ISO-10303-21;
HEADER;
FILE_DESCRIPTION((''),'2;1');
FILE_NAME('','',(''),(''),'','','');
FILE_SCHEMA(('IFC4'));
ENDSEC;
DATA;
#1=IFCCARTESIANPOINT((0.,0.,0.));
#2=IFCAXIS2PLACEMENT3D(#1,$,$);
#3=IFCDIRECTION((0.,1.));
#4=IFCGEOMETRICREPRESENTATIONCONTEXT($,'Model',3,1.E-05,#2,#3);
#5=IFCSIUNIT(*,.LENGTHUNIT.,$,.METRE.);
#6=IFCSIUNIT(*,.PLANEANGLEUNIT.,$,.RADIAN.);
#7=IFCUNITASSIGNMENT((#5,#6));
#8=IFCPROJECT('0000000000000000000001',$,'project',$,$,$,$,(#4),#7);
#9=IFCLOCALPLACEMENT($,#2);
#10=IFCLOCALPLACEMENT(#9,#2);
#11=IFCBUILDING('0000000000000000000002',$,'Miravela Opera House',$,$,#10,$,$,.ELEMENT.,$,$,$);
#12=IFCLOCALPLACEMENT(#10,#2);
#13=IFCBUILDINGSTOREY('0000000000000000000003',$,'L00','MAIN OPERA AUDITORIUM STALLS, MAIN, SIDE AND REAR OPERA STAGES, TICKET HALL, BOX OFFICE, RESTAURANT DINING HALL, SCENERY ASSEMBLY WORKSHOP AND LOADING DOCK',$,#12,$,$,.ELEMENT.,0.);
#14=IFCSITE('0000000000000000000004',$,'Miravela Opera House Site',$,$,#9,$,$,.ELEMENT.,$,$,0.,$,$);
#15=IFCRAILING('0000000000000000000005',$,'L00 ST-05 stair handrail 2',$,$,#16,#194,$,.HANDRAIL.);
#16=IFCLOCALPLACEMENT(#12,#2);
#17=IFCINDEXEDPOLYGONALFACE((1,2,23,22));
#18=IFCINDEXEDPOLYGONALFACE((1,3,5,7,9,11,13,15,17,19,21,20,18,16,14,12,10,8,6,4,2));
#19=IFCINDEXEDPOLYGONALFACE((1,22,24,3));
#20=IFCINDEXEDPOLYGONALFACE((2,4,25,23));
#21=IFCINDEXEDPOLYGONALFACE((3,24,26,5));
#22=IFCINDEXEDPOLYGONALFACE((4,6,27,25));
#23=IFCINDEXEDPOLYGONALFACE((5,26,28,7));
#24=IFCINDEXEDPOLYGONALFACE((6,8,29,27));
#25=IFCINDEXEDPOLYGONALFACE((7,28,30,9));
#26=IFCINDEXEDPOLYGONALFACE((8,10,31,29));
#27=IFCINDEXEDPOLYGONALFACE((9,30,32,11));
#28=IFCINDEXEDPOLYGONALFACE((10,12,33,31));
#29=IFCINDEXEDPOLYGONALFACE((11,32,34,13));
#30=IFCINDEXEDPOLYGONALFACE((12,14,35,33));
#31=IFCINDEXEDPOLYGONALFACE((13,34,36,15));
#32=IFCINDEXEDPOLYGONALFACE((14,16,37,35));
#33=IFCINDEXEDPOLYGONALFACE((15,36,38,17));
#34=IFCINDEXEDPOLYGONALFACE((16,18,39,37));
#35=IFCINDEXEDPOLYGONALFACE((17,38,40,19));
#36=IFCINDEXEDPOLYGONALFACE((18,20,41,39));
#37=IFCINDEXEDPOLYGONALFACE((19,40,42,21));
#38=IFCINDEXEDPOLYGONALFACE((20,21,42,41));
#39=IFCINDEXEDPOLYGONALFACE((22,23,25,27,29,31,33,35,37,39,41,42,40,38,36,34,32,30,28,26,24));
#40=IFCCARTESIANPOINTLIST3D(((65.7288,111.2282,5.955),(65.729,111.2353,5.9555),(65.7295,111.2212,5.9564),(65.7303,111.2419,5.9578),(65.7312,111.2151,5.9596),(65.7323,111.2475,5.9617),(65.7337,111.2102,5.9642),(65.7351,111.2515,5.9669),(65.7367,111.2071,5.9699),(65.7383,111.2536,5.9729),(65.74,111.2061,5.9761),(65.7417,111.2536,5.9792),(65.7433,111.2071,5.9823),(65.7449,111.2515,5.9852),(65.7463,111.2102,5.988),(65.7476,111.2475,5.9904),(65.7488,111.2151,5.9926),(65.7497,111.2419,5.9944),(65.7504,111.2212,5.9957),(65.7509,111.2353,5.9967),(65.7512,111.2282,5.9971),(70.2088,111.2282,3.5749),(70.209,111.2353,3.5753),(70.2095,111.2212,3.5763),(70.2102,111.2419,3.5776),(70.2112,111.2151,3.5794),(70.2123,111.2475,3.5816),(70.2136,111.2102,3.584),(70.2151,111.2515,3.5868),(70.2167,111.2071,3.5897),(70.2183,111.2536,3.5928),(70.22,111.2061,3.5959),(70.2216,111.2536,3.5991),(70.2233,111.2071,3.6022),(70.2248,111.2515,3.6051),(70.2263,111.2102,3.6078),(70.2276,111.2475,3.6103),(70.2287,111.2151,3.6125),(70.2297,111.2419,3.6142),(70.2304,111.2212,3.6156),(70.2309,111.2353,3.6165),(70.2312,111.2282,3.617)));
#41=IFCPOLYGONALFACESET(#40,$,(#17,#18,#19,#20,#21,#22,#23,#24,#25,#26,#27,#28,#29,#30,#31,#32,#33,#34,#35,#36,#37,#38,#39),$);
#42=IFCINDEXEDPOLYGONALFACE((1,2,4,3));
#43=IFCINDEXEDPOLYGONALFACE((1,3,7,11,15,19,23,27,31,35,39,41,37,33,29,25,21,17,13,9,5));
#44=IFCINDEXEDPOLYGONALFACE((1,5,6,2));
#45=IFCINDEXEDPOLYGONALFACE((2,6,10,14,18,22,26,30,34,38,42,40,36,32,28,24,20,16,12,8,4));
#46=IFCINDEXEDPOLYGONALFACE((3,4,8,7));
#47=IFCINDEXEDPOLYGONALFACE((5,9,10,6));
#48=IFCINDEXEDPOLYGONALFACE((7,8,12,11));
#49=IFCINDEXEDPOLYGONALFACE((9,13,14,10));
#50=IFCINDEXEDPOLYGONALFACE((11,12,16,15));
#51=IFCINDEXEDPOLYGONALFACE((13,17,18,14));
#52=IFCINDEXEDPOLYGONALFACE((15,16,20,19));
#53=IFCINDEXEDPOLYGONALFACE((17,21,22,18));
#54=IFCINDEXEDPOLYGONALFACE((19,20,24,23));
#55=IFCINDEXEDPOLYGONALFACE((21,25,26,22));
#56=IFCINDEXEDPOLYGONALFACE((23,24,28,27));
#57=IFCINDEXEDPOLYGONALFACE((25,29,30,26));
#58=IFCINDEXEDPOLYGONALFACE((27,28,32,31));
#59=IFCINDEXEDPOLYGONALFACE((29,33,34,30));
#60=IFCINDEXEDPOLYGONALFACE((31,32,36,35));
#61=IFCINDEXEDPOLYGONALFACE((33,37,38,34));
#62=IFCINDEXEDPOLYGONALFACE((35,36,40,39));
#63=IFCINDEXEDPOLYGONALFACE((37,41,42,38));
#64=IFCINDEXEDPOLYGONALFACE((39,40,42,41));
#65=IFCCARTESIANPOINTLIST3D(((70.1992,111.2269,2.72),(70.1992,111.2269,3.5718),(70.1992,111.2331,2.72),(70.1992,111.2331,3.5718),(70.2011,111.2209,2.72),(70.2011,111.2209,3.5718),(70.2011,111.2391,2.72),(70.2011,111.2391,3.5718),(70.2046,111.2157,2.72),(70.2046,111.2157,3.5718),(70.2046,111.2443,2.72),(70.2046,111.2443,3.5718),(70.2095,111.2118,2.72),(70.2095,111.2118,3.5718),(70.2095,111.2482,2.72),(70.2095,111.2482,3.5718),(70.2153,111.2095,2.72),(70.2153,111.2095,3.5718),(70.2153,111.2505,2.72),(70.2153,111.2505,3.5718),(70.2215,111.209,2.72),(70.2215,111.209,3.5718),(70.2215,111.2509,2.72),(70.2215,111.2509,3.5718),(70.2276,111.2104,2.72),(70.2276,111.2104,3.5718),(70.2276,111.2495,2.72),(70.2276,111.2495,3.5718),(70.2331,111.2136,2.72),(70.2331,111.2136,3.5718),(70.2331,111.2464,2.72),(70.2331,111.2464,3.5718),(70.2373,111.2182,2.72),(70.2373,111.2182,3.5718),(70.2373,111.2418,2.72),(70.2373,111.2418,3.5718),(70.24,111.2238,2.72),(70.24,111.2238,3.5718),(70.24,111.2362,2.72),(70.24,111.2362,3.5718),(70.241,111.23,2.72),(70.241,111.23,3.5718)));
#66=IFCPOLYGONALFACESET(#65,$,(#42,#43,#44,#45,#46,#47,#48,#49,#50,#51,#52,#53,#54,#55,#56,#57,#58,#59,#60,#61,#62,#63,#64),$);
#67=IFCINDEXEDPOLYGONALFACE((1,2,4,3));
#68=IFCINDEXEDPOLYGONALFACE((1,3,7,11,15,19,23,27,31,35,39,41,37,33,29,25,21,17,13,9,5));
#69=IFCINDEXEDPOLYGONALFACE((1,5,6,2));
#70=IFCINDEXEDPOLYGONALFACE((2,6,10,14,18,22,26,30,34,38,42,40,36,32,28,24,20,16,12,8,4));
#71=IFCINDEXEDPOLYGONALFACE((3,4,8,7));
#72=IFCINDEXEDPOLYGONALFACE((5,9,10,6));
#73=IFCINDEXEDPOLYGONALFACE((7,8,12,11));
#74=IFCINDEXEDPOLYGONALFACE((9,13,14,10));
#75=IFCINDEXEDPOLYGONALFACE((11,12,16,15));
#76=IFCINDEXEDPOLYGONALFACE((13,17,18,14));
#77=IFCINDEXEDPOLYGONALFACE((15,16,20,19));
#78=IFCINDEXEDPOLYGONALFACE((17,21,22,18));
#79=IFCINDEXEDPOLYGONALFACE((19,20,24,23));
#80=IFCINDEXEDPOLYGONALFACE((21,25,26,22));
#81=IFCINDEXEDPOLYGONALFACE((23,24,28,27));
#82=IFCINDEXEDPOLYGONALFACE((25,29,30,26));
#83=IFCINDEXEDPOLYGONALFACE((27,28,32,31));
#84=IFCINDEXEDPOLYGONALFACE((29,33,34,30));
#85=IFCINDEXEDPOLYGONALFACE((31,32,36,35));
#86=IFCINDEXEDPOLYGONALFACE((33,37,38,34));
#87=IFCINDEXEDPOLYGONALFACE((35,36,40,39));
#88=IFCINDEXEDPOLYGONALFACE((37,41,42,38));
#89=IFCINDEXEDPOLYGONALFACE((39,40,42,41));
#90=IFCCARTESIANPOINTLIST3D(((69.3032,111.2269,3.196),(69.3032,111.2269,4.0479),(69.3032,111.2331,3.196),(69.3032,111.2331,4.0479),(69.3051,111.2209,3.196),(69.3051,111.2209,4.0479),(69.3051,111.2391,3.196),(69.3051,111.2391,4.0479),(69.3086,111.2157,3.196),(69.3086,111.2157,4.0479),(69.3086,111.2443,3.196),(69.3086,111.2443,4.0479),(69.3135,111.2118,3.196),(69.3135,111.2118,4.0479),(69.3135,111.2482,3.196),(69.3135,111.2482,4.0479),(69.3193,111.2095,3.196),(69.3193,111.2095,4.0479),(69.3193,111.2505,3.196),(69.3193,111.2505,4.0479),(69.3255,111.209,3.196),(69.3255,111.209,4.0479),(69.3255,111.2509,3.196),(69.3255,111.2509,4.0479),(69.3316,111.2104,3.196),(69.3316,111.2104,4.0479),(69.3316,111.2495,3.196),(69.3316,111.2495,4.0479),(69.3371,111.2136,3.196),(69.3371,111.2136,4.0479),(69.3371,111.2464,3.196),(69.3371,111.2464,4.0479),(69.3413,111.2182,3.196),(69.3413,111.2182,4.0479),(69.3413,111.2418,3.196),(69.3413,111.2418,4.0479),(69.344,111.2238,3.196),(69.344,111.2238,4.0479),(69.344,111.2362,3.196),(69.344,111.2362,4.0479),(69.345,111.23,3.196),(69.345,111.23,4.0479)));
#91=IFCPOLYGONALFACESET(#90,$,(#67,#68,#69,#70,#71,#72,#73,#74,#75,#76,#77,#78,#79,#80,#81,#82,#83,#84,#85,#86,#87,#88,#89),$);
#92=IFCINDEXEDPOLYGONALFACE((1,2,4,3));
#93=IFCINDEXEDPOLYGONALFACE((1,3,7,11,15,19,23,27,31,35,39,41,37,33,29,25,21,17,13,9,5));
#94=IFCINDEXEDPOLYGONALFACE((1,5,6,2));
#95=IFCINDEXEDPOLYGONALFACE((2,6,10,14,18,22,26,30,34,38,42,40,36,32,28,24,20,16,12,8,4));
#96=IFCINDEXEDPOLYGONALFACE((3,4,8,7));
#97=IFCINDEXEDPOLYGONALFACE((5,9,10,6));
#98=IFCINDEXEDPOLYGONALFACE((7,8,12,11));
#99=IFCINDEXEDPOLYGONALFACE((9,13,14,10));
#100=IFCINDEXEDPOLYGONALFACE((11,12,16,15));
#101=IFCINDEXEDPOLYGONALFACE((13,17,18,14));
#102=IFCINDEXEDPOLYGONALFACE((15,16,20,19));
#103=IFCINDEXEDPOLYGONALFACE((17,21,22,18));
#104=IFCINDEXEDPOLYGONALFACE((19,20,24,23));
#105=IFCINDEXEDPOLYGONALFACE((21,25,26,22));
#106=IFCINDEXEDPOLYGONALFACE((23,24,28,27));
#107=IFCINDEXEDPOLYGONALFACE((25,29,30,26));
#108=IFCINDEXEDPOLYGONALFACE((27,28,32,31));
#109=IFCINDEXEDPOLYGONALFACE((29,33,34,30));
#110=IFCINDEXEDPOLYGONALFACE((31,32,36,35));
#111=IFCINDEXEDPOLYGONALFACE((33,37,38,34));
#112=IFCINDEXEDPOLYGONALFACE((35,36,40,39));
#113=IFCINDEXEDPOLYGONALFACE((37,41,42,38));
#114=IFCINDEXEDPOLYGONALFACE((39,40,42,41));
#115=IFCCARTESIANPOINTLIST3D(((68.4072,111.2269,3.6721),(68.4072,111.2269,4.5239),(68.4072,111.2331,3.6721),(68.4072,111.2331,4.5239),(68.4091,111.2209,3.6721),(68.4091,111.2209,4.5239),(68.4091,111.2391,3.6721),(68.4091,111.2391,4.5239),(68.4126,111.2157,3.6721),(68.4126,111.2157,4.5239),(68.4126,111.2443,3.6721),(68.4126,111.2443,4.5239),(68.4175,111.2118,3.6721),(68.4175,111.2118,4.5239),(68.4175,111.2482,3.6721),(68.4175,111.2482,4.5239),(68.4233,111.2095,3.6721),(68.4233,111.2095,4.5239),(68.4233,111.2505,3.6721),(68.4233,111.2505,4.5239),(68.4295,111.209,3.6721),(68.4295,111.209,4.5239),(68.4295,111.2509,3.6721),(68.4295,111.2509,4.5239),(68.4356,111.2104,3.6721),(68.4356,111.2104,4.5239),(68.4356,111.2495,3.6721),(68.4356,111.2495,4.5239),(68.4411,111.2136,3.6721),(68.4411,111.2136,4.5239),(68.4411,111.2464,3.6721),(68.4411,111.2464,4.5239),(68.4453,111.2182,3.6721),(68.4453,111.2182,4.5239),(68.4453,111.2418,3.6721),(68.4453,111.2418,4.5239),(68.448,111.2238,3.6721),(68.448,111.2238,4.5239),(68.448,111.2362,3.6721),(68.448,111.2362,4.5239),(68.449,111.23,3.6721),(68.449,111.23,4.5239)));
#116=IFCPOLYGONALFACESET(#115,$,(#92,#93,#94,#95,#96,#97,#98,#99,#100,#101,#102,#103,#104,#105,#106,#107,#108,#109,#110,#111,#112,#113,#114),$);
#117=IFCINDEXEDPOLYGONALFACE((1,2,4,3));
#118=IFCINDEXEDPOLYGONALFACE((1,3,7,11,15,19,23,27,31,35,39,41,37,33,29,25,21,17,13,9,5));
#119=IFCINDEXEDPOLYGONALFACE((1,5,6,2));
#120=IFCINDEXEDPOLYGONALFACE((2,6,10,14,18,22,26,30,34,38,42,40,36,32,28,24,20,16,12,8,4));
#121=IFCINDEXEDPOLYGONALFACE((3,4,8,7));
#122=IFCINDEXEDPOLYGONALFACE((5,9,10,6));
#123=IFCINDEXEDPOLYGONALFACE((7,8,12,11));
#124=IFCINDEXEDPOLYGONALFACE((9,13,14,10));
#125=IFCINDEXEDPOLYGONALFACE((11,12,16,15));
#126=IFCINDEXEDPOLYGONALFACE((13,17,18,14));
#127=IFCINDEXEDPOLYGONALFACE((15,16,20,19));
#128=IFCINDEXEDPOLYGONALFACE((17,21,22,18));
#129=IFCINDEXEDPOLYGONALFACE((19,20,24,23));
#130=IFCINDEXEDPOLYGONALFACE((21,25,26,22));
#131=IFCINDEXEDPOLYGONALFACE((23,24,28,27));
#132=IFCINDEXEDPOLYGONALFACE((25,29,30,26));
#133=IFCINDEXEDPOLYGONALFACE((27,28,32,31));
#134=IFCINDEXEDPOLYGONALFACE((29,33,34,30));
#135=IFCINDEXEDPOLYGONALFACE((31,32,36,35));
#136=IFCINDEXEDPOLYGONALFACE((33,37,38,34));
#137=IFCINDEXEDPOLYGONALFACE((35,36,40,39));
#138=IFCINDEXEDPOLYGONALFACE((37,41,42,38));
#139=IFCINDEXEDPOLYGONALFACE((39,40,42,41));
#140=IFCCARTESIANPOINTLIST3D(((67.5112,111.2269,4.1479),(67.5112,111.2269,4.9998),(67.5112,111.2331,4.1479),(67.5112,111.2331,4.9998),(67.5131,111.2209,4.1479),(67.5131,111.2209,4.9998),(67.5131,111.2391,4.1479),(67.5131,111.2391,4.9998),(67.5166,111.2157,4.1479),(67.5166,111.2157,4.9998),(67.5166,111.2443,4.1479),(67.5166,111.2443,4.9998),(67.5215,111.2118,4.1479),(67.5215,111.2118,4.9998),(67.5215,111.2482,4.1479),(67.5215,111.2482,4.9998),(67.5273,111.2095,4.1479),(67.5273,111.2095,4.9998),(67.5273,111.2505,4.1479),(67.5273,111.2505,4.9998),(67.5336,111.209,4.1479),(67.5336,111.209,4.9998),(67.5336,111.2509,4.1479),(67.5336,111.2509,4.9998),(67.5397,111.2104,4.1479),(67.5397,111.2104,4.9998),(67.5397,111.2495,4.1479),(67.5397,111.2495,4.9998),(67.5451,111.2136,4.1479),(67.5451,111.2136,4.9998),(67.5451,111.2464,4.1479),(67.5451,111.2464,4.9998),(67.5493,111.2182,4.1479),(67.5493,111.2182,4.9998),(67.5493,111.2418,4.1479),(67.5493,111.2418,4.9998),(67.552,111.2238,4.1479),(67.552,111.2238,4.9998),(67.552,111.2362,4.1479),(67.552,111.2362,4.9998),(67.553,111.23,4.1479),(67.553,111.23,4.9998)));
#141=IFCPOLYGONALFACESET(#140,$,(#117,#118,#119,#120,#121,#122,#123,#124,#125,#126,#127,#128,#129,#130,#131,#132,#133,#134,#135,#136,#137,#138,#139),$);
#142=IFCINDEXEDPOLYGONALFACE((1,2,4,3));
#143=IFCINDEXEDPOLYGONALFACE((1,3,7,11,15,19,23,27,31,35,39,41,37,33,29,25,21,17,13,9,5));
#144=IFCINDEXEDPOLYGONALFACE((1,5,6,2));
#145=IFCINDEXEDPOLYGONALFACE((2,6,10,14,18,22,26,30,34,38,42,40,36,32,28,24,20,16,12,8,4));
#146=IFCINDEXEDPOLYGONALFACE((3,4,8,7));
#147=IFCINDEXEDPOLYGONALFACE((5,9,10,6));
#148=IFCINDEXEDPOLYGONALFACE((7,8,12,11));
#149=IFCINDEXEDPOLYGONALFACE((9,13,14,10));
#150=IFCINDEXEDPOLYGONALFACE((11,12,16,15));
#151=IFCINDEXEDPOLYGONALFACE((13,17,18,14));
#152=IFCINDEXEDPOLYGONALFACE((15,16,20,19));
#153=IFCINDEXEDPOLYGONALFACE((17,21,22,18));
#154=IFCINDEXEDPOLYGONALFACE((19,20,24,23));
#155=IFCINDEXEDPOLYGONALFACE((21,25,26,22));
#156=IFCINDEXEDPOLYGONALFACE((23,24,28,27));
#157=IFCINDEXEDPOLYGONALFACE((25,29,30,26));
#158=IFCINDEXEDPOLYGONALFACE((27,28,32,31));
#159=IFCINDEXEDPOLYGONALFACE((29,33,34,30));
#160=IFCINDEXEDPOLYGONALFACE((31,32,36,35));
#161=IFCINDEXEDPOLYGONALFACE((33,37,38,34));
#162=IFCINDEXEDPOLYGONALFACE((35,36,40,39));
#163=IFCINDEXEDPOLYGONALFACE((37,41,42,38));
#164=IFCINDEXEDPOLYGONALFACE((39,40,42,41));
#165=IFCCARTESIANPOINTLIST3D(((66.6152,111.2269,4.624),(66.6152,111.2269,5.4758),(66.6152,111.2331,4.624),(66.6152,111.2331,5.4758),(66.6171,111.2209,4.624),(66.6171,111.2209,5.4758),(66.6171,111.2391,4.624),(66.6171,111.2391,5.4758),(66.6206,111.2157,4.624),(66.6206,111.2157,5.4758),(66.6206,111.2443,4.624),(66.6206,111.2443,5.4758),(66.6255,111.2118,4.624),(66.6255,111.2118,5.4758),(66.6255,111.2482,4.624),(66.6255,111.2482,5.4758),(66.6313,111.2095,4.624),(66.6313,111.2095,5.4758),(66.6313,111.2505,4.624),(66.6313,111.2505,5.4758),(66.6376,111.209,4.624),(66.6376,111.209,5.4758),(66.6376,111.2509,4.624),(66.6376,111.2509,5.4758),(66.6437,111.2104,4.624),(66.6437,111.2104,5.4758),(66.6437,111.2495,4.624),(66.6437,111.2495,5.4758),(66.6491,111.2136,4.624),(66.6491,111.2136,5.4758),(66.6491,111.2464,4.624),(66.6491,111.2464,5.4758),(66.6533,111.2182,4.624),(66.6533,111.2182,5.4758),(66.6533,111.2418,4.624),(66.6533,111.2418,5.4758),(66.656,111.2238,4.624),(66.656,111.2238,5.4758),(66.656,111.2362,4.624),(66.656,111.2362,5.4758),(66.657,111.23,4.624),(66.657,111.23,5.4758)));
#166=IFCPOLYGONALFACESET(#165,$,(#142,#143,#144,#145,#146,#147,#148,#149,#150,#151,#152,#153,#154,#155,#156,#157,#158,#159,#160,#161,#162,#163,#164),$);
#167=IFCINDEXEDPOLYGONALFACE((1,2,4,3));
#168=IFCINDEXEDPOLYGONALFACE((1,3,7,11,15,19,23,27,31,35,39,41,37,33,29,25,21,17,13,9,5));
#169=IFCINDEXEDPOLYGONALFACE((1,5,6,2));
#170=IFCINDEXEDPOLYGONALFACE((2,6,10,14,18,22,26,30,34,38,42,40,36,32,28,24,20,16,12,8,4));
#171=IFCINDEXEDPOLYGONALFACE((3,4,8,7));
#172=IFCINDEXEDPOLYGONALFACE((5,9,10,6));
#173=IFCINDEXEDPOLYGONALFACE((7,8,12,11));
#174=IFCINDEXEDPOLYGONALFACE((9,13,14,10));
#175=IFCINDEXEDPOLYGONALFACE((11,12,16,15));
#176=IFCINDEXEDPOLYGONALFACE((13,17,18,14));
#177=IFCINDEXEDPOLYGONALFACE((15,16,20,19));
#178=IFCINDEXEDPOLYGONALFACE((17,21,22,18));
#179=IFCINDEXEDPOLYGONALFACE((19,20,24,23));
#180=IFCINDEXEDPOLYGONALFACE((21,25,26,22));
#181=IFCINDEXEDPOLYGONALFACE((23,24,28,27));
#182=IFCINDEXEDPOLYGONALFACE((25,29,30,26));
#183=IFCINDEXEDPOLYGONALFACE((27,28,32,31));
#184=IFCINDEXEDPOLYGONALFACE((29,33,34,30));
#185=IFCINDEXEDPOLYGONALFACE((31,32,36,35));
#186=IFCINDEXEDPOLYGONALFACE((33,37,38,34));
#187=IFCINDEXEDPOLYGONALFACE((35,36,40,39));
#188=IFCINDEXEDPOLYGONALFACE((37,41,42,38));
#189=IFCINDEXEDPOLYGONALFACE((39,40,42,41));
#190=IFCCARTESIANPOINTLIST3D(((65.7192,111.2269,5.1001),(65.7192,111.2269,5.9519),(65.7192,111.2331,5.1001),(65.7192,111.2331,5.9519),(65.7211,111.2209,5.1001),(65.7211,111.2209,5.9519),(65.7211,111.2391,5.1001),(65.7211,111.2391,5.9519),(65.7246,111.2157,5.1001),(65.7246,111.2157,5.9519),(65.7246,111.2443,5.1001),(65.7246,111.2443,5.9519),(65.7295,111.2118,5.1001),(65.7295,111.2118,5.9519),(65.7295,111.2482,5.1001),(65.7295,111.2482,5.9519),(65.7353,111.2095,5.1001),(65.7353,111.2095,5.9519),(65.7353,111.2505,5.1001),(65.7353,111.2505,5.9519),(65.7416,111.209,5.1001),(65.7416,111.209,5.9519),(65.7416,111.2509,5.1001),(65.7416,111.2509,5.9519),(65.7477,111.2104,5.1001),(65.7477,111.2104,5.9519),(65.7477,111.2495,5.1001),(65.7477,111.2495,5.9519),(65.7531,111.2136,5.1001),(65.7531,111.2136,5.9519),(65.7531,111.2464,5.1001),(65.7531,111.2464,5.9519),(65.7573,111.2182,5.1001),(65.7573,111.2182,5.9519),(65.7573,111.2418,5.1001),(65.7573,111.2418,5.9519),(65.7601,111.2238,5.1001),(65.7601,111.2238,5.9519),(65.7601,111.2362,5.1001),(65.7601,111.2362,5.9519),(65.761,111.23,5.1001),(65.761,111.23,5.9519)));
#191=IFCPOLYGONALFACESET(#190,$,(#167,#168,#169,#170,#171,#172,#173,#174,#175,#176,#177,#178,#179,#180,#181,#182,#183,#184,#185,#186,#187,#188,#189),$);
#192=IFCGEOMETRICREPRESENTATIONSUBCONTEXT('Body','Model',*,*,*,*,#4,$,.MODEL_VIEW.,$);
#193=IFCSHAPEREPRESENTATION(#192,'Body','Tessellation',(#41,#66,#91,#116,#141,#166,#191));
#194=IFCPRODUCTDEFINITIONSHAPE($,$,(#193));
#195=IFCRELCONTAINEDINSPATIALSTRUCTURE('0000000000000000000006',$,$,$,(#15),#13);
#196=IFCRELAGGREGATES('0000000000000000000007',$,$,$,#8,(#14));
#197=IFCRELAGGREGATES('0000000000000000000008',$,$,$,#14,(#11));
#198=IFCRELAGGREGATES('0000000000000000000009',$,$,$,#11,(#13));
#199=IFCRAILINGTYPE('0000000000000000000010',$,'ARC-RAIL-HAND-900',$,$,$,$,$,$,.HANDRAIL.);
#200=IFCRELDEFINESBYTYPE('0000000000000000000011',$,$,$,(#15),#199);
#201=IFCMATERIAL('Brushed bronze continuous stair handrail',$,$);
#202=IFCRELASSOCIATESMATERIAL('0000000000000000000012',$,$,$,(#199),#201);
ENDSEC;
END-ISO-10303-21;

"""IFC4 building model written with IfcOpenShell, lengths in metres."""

from ifc_helpers import new_model, si_unit, direction, frame, origin, origin_2d, place, context, subcontext, project, spatial, circle, extrude, material, type_object, element, save


model = new_model("IFC4")

# Units and contexts
model_context = context("Model", 3, precision=1e-05, world=origin(), true_north=direction((0.0, 1.0)))
body_context = subcontext(model_context, "Body", "Model", "MODEL_VIEW")
ifc_project = project(units=[si_unit("LENGTHUNIT", "METRE"), si_unit("PLANEANGLEUNIT", "RADIAN")], contexts=[model_context])

# Site, building, storey
site_placement = place(None, origin())
site = spatial("IfcSite", under=ifc_project, at=site_placement, Name="Miravela Opera House Site", CompositionType="ELEMENT", RefElevation=0.0)
building_placement = place(site_placement, origin())
building = spatial("IfcBuilding", under=site, at=building_placement, Name="Miravela Opera House", CompositionType="ELEMENT")
storey_placement = place(building_placement, origin())
storey = spatial("IfcBuildingStorey", under=building, at=storey_placement, Name="L00", Description="MAIN OPERA AUDITORIUM STALLS, MAIN, SIDE AND REAR OPERA STAGES, TICKET HALL, BOX OFFICE, RESTAURANT DINING HALL, SCENERY ASSEMBLY WORKSHOP AND LOADING DOCK", CompositionType="ELEMENT", Elevation=0.0)

# Railing
ifc_material_1 = material(Name="Brushed bronze continuous stair handrail")
railing_type_1 = type_object("IfcRailingType", Name="ARC-RAIL-HAND-900", PredefinedType="HANDRAIL", material=ifc_material_1)
railing_1_placement = place(storey_placement, frame((70.22, 111.23, 2.72)))
element("IfcRailing", 1, at=railing_1_placement, inside=storey, type_object=railing_type_1, Name="L00 ST-05 stair handrail 2", PredefinedType="HANDRAIL", context=body_context, shape_type="SweptSolid", body=[
    extrude(circle(Radius=0.0239, at=origin_2d()), frame((0.0, 0.0, 0.876), z_axis=(-0.883105, 0.0, 0.469176), x_axis=(0.0, -1.0, 0.0)), (0.0, 0.0, 1.0), 5.073),
    extrude(circle(Radius=0.021, at=origin_2d()), origin(), (0.0, 0.0, 1.0), 0.8518),
    extrude(circle(Radius=0.021, at=origin_2d()), frame((-0.896, 0.0, 0.4761)), (0.0, 0.0, 1.0), 0.8518),
    extrude(circle(Radius=0.021, at=origin_2d()), frame((-1.792, 0.0, 0.9521)), (0.0, 0.0, 1.0), 0.8518),
    extrude(circle(Radius=0.021, at=origin_2d()), frame((-2.688, 0.0, 1.428)), (0.0, 0.0, 1.0), 0.8518),
    extrude(circle(Radius=0.021, at=origin_2d()), frame((-3.584, 0.0, 1.9041)), (0.0, 0.0, 1.0), 0.8518),
    extrude(circle(Radius=0.021, at=origin_2d()), frame((-4.48, 0.0, 2.3801)), (0.0, 0.0, 1.0), 0.8518),
])

save(model, "model.ifc")
